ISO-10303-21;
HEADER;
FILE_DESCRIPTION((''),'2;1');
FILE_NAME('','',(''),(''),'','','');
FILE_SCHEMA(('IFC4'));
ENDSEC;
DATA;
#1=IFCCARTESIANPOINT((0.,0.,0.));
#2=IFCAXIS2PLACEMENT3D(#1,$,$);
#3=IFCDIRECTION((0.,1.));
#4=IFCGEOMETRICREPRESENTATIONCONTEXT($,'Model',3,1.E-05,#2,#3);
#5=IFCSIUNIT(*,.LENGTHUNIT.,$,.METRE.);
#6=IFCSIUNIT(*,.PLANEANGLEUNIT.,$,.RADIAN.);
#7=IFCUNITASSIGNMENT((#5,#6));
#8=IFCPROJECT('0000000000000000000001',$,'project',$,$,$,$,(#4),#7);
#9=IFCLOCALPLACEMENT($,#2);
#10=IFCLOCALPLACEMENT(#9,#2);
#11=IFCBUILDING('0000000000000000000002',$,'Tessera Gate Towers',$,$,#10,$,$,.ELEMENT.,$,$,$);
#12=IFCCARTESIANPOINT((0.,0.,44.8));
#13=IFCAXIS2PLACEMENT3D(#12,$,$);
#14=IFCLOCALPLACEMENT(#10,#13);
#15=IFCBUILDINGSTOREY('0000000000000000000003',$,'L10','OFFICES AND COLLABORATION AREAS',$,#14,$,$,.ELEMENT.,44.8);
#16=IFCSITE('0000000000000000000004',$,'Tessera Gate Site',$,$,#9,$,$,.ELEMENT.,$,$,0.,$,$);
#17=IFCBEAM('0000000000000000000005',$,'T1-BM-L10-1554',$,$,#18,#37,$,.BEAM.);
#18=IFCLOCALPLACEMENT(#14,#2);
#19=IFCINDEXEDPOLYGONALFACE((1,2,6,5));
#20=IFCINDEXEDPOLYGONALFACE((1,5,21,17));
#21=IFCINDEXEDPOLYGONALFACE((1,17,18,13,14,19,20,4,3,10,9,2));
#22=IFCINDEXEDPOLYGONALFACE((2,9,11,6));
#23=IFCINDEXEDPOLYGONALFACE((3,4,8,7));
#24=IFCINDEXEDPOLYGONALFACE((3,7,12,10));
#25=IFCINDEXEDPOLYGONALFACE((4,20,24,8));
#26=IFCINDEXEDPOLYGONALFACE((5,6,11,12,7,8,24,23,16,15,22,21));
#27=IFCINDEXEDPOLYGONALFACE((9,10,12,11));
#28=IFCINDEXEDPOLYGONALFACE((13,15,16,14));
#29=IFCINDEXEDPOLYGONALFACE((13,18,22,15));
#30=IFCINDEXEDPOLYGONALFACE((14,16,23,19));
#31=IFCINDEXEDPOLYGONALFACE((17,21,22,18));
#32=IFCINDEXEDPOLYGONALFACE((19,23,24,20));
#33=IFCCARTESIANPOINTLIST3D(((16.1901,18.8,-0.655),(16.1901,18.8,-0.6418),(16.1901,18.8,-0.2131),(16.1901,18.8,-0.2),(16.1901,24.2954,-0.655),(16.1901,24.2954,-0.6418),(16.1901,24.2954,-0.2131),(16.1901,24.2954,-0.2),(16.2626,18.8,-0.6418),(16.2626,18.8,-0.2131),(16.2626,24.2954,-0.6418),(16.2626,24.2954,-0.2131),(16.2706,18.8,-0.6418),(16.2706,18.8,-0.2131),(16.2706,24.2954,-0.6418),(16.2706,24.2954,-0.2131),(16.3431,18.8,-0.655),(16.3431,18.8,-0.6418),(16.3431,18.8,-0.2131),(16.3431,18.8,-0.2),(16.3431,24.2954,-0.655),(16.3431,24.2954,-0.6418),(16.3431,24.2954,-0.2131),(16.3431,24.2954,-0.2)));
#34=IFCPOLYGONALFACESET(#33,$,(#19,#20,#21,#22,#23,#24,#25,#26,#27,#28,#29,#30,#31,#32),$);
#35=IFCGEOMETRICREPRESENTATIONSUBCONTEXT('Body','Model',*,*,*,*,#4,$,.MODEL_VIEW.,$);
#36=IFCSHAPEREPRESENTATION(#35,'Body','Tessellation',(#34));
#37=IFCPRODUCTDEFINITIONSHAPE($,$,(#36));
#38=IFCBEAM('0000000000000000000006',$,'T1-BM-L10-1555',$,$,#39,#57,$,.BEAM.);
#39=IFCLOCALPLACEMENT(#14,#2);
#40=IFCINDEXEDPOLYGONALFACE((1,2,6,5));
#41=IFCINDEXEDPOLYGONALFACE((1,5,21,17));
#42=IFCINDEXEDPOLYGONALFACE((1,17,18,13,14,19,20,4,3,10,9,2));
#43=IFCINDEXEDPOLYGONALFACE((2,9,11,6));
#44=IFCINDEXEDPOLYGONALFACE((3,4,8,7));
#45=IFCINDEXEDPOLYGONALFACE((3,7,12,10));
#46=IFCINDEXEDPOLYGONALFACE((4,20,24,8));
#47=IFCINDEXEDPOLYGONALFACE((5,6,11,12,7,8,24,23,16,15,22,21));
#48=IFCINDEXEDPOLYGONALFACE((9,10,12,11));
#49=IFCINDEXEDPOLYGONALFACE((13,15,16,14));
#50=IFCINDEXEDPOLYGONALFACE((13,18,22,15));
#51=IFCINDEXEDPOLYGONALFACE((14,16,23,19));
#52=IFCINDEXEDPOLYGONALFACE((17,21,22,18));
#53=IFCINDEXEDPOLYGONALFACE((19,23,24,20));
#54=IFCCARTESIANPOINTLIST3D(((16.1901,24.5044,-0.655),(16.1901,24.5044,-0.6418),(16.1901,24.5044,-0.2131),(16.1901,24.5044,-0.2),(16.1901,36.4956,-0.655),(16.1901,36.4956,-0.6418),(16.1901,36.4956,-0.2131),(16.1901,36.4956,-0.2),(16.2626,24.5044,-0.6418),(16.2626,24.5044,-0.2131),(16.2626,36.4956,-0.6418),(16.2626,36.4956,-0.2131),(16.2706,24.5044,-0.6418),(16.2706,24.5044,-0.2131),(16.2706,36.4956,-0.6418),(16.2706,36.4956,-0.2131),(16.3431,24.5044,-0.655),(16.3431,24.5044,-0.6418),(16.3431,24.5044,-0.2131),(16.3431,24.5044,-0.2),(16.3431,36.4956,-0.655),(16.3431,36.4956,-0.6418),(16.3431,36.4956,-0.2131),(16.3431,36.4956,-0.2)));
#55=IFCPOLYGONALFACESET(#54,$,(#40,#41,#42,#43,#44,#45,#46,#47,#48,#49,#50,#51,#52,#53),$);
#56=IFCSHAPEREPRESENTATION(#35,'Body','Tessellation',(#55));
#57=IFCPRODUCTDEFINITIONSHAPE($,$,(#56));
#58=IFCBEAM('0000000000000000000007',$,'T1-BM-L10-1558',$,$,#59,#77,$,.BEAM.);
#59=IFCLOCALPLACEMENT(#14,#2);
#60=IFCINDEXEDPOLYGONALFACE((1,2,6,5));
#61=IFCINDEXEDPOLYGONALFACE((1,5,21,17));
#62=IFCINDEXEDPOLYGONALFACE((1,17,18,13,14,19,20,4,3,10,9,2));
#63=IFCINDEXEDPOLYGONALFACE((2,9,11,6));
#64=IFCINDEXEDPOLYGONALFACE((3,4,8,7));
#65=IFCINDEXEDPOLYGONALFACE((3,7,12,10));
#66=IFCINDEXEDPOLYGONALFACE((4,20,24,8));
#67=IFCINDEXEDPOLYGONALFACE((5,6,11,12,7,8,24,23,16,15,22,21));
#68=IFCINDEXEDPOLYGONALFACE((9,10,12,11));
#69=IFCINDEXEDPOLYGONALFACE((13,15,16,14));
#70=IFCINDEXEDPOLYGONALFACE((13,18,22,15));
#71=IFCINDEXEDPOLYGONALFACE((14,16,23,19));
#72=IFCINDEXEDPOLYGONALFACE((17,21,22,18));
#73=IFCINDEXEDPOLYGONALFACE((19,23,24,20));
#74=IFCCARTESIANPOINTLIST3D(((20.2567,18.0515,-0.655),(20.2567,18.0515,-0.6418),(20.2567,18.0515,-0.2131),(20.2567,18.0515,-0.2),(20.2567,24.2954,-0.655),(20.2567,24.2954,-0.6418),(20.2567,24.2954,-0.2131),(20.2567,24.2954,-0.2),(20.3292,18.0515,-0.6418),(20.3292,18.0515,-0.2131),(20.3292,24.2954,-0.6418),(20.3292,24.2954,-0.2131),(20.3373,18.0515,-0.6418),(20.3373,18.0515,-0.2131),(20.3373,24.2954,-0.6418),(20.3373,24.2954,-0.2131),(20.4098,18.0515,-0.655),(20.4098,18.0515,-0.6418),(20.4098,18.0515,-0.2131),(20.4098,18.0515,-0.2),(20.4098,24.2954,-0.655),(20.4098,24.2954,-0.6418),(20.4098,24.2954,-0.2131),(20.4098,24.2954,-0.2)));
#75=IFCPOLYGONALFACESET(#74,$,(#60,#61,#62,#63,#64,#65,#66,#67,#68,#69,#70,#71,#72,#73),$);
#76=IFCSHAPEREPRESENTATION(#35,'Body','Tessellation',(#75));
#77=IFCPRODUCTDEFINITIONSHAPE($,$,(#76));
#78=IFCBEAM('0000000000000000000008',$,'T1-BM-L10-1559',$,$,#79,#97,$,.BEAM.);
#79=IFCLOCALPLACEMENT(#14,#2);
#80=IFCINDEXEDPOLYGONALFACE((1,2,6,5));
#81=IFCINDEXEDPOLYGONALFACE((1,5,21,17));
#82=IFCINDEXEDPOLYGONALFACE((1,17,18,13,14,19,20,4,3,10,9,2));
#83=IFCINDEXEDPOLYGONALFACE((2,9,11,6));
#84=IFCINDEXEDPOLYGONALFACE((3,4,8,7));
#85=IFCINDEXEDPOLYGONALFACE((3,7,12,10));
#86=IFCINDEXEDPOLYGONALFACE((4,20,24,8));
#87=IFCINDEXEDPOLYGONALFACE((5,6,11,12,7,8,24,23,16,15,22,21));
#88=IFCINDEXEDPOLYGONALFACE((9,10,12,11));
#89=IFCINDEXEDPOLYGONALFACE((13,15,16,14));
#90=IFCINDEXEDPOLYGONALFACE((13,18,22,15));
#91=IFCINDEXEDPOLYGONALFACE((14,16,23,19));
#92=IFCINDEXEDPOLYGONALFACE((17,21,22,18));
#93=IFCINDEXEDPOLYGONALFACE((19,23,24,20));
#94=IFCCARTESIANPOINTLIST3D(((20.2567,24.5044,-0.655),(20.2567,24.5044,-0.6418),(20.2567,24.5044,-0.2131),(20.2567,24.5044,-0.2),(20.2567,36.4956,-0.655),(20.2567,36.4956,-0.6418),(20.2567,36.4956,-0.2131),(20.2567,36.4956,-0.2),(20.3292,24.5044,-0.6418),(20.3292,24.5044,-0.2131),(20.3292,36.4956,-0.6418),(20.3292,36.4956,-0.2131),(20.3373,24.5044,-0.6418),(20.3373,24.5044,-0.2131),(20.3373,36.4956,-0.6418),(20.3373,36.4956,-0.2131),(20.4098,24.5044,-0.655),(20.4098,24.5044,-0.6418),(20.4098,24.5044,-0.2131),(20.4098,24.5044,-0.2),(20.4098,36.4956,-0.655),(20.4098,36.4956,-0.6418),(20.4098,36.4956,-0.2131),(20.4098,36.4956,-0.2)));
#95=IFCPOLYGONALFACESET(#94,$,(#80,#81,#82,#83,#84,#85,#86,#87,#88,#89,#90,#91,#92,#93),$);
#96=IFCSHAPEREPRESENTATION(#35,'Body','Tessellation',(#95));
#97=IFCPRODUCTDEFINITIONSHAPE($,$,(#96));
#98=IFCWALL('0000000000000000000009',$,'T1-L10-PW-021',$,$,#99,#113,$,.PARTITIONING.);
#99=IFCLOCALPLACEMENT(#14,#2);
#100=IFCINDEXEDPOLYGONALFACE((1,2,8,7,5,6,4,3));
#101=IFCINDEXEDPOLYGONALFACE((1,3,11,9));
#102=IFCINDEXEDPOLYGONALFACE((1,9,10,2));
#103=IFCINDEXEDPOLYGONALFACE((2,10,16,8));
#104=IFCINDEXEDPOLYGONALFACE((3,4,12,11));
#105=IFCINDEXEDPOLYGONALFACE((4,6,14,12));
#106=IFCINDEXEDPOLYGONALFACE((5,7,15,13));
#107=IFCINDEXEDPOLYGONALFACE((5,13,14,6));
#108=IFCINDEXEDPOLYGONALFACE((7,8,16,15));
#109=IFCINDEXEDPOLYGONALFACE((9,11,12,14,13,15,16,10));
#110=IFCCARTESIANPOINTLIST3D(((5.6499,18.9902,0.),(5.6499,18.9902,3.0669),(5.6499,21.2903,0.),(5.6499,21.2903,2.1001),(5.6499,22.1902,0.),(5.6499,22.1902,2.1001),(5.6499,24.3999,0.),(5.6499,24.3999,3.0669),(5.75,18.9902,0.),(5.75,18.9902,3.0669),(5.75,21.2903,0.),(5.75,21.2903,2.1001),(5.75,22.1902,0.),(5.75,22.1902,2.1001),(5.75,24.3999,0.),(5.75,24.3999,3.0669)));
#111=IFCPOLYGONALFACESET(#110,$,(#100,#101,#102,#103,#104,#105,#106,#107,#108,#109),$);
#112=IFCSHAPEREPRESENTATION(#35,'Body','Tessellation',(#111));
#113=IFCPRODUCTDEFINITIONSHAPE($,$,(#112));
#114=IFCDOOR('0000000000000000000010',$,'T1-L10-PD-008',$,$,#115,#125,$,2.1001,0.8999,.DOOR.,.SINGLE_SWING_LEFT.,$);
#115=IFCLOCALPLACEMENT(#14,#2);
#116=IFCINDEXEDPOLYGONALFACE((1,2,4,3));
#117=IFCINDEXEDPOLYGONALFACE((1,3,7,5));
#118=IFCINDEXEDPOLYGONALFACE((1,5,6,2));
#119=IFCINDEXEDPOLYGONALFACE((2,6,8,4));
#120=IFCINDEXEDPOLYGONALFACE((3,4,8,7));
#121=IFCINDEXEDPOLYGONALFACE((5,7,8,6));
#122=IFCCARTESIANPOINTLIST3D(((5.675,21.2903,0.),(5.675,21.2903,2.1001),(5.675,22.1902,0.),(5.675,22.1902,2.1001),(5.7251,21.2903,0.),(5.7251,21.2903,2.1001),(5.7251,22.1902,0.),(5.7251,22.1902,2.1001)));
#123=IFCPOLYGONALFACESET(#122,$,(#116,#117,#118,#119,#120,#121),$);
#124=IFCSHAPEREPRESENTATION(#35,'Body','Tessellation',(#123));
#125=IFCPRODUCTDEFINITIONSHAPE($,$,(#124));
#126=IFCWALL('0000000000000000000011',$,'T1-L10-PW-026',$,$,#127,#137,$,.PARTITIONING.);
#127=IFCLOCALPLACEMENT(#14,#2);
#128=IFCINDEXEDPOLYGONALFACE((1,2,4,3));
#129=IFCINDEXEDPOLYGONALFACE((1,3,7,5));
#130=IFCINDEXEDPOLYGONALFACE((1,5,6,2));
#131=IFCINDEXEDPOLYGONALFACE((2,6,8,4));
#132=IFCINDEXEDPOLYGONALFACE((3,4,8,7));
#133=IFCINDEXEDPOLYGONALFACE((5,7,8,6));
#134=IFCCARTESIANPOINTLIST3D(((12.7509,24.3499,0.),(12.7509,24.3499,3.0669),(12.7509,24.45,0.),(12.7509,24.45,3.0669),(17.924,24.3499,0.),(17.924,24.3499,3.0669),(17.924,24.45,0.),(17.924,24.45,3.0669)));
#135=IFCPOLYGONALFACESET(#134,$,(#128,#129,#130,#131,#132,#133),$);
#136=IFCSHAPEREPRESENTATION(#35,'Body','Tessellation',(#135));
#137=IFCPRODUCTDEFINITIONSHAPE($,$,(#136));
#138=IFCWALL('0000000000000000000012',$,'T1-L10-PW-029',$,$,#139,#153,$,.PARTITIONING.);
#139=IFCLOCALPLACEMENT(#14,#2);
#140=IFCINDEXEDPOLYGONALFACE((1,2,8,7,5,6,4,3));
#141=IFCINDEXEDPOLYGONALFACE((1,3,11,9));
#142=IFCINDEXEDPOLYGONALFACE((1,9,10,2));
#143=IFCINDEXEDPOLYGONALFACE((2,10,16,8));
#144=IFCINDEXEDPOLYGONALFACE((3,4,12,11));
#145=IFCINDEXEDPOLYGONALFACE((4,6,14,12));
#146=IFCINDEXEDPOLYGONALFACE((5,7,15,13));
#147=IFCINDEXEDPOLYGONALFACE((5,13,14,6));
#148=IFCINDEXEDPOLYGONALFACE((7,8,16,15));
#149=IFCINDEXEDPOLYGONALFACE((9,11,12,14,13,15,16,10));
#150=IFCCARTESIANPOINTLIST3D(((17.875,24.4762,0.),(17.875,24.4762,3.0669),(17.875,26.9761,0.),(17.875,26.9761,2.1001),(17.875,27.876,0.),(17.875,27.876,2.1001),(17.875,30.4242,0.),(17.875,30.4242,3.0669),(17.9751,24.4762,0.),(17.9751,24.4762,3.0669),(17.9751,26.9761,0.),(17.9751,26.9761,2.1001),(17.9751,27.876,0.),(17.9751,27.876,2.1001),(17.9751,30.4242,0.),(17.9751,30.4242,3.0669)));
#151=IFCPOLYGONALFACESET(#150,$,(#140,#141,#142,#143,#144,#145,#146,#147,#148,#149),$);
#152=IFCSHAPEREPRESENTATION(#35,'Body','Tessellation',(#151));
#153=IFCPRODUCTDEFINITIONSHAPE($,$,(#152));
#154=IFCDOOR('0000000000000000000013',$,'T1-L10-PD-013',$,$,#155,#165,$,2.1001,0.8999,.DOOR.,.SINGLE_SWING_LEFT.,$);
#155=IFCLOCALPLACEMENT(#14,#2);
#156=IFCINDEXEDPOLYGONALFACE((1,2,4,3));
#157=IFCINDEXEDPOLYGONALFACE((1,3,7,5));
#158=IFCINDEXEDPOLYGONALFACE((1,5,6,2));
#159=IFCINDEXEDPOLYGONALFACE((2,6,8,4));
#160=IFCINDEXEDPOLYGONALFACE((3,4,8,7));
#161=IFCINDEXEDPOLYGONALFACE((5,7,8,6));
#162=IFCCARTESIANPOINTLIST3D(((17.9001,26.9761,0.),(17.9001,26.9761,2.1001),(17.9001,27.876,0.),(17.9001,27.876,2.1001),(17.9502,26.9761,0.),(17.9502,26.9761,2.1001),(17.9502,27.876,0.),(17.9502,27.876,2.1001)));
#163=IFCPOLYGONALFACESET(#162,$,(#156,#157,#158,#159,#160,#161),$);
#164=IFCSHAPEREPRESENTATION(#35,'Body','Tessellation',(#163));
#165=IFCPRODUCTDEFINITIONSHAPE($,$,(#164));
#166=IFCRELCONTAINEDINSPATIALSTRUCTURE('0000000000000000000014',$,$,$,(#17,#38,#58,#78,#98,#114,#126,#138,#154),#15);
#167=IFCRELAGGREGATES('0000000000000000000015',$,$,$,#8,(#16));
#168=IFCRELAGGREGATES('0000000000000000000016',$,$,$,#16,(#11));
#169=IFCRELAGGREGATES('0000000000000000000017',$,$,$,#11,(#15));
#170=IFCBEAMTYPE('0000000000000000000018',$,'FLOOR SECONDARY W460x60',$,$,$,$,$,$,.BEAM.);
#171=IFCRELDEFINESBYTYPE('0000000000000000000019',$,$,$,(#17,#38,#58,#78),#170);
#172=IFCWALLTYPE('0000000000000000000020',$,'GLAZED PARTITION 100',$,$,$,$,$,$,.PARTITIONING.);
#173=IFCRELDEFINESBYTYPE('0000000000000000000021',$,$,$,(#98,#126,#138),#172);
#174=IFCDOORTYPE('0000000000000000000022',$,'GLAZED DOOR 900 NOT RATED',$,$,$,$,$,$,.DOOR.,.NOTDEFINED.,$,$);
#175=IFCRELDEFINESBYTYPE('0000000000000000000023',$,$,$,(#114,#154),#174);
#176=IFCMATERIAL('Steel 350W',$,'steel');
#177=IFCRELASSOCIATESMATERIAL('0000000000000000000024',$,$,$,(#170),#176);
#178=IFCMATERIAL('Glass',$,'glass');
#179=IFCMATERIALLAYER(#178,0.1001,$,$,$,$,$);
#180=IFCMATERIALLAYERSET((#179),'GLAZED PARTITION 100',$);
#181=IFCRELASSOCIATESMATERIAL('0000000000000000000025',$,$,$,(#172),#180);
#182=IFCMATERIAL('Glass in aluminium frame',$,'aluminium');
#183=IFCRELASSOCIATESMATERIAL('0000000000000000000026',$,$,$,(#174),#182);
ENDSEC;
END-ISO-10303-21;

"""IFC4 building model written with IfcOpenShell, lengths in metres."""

from ifc_helpers import new_model, si_unit, direction, frame, frame_2d, origin, origin_2d, place, context, subcontext, project, spatial, rectangle, i_section, extrude, source, transform, mapped, material, layer, layer_set, material_profile, profile_set, type_object, element, fill, save


model = new_model("IFC4")

# Units and contexts
model_context = context("Model", 3, precision=1e-05, world=origin(), true_north=direction((0.0, 1.0)))
body_context = subcontext(model_context, "Body", "Model", "MODEL_VIEW")
ifc_project = project(units=[si_unit("LENGTHUNIT", "METRE"), si_unit("PLANEANGLEUNIT", "RADIAN")], contexts=[model_context])

# Site, building, storey
site_placement = place(None, origin())
site = spatial("IfcSite", under=ifc_project, at=site_placement, Name="Tessera Gate Site", CompositionType="ELEMENT", RefElevation=0.0)
building_placement = place(site_placement, origin())
building = spatial("IfcBuilding", under=site, at=building_placement, Name="Tessera Gate Towers", CompositionType="ELEMENT")
storey_placement = place(building_placement, frame((0.0, 0.0, 44.8)))
storey = spatial("IfcBuildingStorey", under=building, at=storey_placement, Name="L10", Description="OFFICES AND COLLABORATION AREAS", CompositionType="ELEMENT", Elevation=44.8)

# Beams
ifc_material_1 = material(Name="Steel 350W", Category="steel")
ifc_material_profile_1 = material_profile(ifc_material_1, i_section(OverallWidth=0.1531, OverallDepth=0.4551, WebThickness=0.0081, FlangeThickness=0.0132, at=origin_2d()), Name="W460x60")
ifc_profile_set_1 = profile_set([ifc_material_profile_1], Name="Steel 350W")
beam_type_1 = type_object("IfcBeamType", Name="FLOOR SECONDARY W460x60", PredefinedType="BEAM", material=ifc_profile_set_1)
beam_1_placement = place(storey_placement, frame((16.2666, 18.8, -0.4275), z_axis=(0.0, 1.0, 0.0), x_axis=(-1.0, 0.0, 0.0)))
element("IfcBeam", 1, at=beam_1_placement, inside=storey, type_object=beam_type_1, Name="T1-BM-L10-1554", PredefinedType="BEAM", context=body_context, shape_type="SweptSolid", body=[
    extrude(i_section(OverallWidth=0.1531, OverallDepth=0.4551, WebThickness=0.0081, FlangeThickness=0.0132, at=origin_2d()), origin(), (0.0, 0.0, 1.0), 5.4954),
])
beam_2_placement = place(storey_placement, frame((16.2666, 24.5044, -0.4275), z_axis=(0.0, 1.0, 0.0), x_axis=(-1.0, 0.0, 0.0)))
element("IfcBeam", 2, at=beam_2_placement, inside=storey, type_object=beam_type_1, Name="T1-BM-L10-1555", PredefinedType="BEAM", context=body_context, shape_type="SweptSolid", body=[
    extrude(i_section(OverallWidth=0.1531, OverallDepth=0.4551, WebThickness=0.0081, FlangeThickness=0.0132, at=origin_2d()), origin(), (0.0, 0.0, 1.0), 11.9912),
])
beam_3_placement = place(storey_placement, frame((20.3333, 18.0515, -0.4275), z_axis=(0.0, 1.0, 0.0), x_axis=(-1.0, 0.0, 0.0)))
element("IfcBeam", 3, at=beam_3_placement, inside=storey, type_object=beam_type_1, Name="T1-BM-L10-1558", PredefinedType="BEAM", context=body_context, shape_type="SweptSolid", body=[
    extrude(i_section(OverallWidth=0.1531, OverallDepth=0.4551, WebThickness=0.0081, FlangeThickness=0.0132, at=origin_2d()), origin(), (0.0, 0.0, 1.0), 6.2439),
])
beam_4_placement = place(storey_placement, frame((20.3333, 24.5044, -0.4275), z_axis=(0.0, 1.0, 0.0), x_axis=(-1.0, 0.0, 0.0)))
element("IfcBeam", 4, at=beam_4_placement, inside=storey, type_object=beam_type_1, Name="T1-BM-L10-1559", PredefinedType="BEAM", context=body_context, shape_type="SweptSolid", body=[
    extrude(i_section(OverallWidth=0.1531, OverallDepth=0.4551, WebThickness=0.0081, FlangeThickness=0.0132, at=origin_2d()), origin(), (0.0, 0.0, 1.0), 11.9912),
])

# Wall, opening, door
ifc_material_2 = material(Name="Glass", Category="glass")
ifc_layer_1 = layer(ifc_material_2, 0.1001)
ifc_layer_set_1 = layer_set([ifc_layer_1], Name="GLAZED PARTITION 100")
wall_type_1 = type_object("IfcWallType", Name="GLAZED PARTITION 100", PredefinedType="PARTITIONING", material=ifc_layer_set_1)
wall_1_placement = place(storey_placement, frame((5.7, 18.9902, 0.0), z_axis=(0.0, 0.0, 1.0), x_axis=(0.0, 1.0, 0.0)))
wall_1 = element("IfcWall", 5, at=wall_1_placement, inside=storey, type_object=wall_type_1, Name="T1-L10-PW-021", PredefinedType="PARTITIONING", context=body_context, shape_type="SweptSolid", body=[
    extrude(rectangle(XDim=5.4097, YDim=0.1001, at=frame_2d((2.7048, 0.0))), origin(), (0.0, 0.0, 1.0), 3.0669),
])
shared_shape_1 = source(origin(), body_context, "Body", "SweptSolid", [
    extrude(rectangle(XDim=0.8999, YDim=2.1001, at=frame_2d((0.45, 1.05))), frame((0.0, 0.0601, 0.0), z_axis=(0.0, -1.0, 0.0), x_axis=(1.0, 0.0, 0.0)), (0.0, 0.0, 1.0), 0.1201),
])
opening_1_placement = place(wall_1_placement, frame((2.3, 0.0, 0.0)))
opening_1 = element("IfcOpeningElement", 6, at=opening_1_placement, cuts=wall_1, PredefinedType="OPENING", context=body_context, shape_type="MappedRepresentation", body=[
    mapped(shared_shape_1, transform((0.0, 0.0, 0.0), scale=1.0)),
])
ifc_material_3 = material(Name="Glass in aluminium frame", Category="aluminium")
door_type = type_object("IfcDoorType", Name="GLAZED DOOR 900 NOT RATED", OperationType="NOTDEFINED", PredefinedType="DOOR", material=ifc_material_3)
shared_shape_2 = source(origin(), body_context, "Body", "SweptSolid", [
    extrude(rectangle(XDim=0.8999, YDim=2.1001, at=frame_2d((0.45, 1.05))), frame((0.0, 0.0249, 0.0), z_axis=(0.0, -1.0, 0.0), x_axis=(1.0, 0.0, 0.0)), (0.0, 0.0, 1.0), 0.05),
])
door_1_placement = place(opening_1_placement, origin())
door_1 = element("IfcDoor", 7, at=door_1_placement, inside=storey, type_object=door_type, Name="T1-L10-PD-008", OperationType="SINGLE_SWING_LEFT", OverallHeight=2.1001, OverallWidth=0.8999, PredefinedType="DOOR", context=body_context, shape_type="MappedRepresentation", body=[
    mapped(shared_shape_2, transform((0.0, 0.0, 0.0), scale=1.0)),
])
fill(opening_1, door_1)

# Wall
wall_2_placement = place(storey_placement, frame((12.751, 24.3999, 0.0), z_axis=(0.0, 0.0, 1.0), x_axis=(1.0, 0.0, 0.0)))
element("IfcWall", 8, at=wall_2_placement, inside=storey, type_object=wall_type_1, Name="T1-L10-PW-026", PredefinedType="PARTITIONING", context=body_context, shape_type="SweptSolid", body=[
    extrude(rectangle(XDim=5.1731, YDim=0.1001, at=frame_2d((2.5864, 0.0))), origin(), (0.0, 0.0, 1.0), 3.0669),
])

# Wall, opening, door
wall_3_placement = place(storey_placement, frame((17.925, 24.4761, 0.0), z_axis=(0.0, 0.0, 1.0), x_axis=(0.0, 1.0, 0.0)))
wall_3 = element("IfcWall", 9, at=wall_3_placement, inside=storey, type_object=wall_type_1, Name="T1-L10-PW-029", PredefinedType="PARTITIONING", context=body_context, shape_type="SweptSolid", body=[
    extrude(rectangle(XDim=5.948, YDim=0.1001, at=frame_2d((2.9741, 0.0))), origin(), (0.0, 0.0, 1.0), 3.0669),
])
opening_2_placement = place(wall_3_placement, frame((2.5, 0.0, 0.0)))
opening_2 = element("IfcOpeningElement", 10, at=opening_2_placement, cuts=wall_3, PredefinedType="OPENING", context=body_context, shape_type="MappedRepresentation", body=[
    mapped(shared_shape_1, transform((0.0, 0.0, 0.0), scale=1.0)),
])
door_2_placement = place(opening_2_placement, origin())
door_2 = element("IfcDoor", 11, at=door_2_placement, inside=storey, type_object=door_type, Name="T1-L10-PD-013", OperationType="SINGLE_SWING_LEFT", OverallHeight=2.1001, OverallWidth=0.8999, PredefinedType="DOOR", context=body_context, shape_type="MappedRepresentation", body=[
    mapped(shared_shape_2, transform((0.0, 0.0, 0.0), scale=1.0)),
])
fill(opening_2, door_2)

save(model, "model.ifc")
